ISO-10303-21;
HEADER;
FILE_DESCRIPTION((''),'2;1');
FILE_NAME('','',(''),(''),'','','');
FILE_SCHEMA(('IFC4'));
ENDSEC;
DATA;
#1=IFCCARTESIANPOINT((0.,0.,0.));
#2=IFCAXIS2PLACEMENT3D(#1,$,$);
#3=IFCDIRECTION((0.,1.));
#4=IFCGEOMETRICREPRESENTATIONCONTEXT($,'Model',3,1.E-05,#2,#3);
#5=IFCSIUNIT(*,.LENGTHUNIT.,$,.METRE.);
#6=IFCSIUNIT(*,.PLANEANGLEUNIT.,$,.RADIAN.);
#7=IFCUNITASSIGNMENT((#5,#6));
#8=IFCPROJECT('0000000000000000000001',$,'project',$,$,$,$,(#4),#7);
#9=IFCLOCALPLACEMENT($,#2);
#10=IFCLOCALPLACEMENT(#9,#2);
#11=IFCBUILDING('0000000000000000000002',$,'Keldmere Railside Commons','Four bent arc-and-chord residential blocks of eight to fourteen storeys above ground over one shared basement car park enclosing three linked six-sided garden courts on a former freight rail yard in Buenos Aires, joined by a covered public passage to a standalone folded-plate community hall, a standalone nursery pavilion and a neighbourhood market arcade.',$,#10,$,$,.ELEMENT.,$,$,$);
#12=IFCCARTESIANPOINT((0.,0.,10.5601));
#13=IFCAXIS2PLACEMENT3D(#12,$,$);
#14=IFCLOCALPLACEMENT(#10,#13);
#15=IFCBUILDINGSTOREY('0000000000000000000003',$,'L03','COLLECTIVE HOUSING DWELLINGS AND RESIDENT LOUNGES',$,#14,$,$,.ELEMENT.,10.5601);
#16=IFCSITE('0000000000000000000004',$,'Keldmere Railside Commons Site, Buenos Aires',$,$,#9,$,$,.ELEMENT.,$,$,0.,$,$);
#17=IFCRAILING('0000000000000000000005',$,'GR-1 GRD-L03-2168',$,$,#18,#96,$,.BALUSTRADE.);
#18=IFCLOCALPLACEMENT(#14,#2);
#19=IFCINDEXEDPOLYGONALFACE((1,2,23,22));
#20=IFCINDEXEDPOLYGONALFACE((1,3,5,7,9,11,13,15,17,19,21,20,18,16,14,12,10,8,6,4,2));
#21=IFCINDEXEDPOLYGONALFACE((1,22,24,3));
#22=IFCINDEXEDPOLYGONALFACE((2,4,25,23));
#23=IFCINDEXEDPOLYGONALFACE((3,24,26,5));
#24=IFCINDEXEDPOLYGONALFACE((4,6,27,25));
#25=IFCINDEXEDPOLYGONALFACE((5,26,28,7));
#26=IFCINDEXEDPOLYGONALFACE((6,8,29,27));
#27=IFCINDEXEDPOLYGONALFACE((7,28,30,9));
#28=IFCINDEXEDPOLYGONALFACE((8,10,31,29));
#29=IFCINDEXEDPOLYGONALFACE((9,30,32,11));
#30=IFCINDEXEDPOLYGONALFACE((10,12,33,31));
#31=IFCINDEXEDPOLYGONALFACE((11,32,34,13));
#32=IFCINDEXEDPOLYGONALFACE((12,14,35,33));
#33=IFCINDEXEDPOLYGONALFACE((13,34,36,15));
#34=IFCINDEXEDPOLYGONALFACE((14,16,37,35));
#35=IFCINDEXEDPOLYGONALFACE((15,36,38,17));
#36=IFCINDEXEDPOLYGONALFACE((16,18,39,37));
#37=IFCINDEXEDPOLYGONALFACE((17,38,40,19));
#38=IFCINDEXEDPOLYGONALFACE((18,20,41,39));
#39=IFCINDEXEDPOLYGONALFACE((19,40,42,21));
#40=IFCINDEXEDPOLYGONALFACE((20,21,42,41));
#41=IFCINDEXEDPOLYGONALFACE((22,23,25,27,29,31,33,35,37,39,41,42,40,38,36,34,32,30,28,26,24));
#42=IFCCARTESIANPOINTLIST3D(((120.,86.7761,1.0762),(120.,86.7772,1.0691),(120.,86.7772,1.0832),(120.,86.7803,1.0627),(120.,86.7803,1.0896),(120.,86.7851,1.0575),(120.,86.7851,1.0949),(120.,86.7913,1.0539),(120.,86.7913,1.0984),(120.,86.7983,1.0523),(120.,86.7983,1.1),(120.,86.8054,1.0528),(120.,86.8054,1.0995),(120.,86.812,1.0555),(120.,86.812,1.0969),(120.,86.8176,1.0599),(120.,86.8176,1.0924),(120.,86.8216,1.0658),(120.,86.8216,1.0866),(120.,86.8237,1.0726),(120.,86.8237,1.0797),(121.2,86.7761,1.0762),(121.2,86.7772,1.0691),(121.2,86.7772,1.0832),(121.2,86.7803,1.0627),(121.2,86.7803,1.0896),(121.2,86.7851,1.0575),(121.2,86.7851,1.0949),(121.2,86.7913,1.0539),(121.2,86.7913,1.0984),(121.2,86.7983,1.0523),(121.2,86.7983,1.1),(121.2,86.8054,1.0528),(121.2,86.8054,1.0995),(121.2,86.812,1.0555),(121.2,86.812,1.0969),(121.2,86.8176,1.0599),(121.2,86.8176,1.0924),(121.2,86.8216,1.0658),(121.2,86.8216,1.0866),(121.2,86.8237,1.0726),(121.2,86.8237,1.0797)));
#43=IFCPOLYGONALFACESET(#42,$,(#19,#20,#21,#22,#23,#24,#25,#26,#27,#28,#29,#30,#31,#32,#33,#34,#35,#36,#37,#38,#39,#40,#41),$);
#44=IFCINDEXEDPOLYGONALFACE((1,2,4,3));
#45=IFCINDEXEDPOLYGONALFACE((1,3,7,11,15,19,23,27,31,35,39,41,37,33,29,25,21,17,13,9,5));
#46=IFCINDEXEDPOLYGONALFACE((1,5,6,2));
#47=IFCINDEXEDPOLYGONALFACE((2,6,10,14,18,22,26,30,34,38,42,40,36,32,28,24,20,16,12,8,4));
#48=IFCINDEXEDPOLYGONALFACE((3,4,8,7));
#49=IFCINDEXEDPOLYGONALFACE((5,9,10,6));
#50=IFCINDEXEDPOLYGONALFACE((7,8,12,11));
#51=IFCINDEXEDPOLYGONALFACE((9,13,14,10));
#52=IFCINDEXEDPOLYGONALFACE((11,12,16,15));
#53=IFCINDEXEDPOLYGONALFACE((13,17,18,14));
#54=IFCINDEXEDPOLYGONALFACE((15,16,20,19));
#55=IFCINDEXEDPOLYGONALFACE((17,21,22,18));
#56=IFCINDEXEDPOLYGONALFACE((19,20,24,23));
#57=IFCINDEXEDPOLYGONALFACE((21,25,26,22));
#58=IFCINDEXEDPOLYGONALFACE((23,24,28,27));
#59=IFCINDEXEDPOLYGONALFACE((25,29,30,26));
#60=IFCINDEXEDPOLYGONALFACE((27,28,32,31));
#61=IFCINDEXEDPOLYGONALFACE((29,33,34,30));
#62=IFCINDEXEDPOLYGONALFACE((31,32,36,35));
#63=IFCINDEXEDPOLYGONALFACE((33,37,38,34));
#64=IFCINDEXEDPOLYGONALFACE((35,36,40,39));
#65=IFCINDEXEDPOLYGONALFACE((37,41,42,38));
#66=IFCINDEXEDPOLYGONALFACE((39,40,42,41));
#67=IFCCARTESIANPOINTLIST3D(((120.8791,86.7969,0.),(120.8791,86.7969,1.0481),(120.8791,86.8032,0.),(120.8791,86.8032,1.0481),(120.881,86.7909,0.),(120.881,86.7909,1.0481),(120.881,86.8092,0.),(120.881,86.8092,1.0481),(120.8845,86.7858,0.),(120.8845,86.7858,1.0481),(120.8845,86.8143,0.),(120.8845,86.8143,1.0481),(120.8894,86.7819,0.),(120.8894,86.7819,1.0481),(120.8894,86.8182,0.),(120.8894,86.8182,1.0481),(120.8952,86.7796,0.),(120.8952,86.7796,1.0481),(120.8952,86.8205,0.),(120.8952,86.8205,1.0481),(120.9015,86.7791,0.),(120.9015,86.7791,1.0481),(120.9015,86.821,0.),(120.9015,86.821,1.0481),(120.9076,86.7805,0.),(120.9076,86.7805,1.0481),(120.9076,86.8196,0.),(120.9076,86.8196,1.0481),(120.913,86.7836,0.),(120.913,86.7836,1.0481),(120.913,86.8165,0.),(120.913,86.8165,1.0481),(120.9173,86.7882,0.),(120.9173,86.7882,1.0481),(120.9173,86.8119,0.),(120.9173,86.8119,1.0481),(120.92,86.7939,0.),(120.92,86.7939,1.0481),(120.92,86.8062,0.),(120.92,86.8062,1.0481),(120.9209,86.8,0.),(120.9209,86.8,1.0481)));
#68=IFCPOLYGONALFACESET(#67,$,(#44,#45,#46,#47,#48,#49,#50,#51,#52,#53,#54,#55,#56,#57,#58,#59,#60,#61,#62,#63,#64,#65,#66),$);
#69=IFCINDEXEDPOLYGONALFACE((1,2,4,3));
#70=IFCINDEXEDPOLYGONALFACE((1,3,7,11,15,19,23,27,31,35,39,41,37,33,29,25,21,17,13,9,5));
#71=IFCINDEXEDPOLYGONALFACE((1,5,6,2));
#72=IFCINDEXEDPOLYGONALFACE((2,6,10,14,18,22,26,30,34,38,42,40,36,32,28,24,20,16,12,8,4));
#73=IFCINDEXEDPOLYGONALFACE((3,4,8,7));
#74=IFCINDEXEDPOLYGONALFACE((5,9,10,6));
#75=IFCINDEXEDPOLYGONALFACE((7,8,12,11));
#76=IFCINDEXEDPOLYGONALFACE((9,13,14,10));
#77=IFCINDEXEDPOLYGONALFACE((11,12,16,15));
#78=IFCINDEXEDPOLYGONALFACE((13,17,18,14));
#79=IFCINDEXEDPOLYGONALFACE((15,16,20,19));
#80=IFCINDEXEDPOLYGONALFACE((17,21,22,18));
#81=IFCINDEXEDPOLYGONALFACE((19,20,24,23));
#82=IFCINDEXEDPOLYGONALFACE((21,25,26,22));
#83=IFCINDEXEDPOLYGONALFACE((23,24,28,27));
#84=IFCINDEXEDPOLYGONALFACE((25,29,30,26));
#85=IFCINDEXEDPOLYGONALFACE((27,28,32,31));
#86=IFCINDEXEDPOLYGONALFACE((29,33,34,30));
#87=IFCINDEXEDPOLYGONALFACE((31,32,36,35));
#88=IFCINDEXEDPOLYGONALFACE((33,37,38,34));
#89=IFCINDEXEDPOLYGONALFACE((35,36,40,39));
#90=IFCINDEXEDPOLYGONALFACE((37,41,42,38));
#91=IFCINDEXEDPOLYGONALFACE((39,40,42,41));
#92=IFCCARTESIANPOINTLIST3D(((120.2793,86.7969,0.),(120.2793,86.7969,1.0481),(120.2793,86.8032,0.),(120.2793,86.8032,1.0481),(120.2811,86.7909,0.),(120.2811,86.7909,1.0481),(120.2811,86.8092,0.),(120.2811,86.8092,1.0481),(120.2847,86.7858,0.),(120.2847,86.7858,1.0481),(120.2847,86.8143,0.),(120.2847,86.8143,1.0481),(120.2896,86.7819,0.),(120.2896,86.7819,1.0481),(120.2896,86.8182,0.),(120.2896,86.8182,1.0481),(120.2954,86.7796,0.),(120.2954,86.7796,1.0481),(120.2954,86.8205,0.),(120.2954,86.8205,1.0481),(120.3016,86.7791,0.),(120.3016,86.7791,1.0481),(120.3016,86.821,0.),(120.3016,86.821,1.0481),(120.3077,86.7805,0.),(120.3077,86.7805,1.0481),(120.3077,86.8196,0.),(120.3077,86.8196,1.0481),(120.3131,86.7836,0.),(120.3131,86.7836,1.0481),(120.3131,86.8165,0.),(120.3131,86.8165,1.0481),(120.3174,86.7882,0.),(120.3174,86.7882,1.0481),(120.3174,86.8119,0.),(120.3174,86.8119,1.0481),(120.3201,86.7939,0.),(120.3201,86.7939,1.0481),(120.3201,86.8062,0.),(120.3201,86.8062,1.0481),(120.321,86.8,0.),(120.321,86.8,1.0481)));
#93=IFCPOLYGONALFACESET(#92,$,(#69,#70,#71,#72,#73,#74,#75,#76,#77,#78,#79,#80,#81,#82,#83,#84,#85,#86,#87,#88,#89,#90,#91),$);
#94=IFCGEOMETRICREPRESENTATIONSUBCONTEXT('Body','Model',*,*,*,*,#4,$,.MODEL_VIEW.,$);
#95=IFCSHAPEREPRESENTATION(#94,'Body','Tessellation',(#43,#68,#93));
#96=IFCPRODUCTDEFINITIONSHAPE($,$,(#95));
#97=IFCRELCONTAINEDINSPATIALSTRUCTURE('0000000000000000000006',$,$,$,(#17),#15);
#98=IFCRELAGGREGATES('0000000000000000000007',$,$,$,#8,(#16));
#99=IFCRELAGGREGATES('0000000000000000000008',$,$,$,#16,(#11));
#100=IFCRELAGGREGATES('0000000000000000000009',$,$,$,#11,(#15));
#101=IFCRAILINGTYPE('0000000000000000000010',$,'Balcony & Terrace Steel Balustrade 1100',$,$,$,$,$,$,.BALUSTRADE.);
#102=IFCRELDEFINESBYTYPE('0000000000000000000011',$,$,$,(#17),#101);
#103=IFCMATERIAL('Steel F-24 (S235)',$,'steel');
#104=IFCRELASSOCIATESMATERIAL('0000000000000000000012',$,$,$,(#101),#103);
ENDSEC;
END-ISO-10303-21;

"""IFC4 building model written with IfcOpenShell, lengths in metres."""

from ifc_helpers import new_model, si_unit, direction, frame, origin, origin_2d, place, context, subcontext, project, spatial, circle, extrude, material, type_object, element, save


model = new_model("IFC4")

# Units and contexts
model_context = context("Model", 3, precision=1e-05, world=origin(), true_north=direction((0.0, 1.0)))
body_context = subcontext(model_context, "Body", "Model", "MODEL_VIEW")
ifc_project = project(units=[si_unit("LENGTHUNIT", "METRE"), si_unit("PLANEANGLEUNIT", "RADIAN")], contexts=[model_context])

# Site, building, storey
site_placement = place(None, origin())
site = spatial("IfcSite", under=ifc_project, at=site_placement, Name="Keldmere Railside Commons Site, Buenos Aires", CompositionType="ELEMENT", RefElevation=0.0)
building_placement = place(site_placement, origin())
building = spatial("IfcBuilding", under=site, at=building_placement, Name="Keldmere Railside Commons", Description="Four bent arc-and-chord residential blocks of eight to fourteen storeys above ground over one shared basement car park enclosing three linked six-sided garden courts on a former freight rail yard in Buenos Aires, joined by a covered public passage to a standalone folded-plate community hall, a standalone nursery pavilion and a neighbourhood market arcade.", CompositionType="ELEMENT")
storey_placement = place(building_placement, frame((0.0, 0.0, 10.5601)))
storey = spatial("IfcBuildingStorey", under=building, at=storey_placement, Name="L03", Description="COLLECTIVE HOUSING DWELLINGS AND RESIDENT LOUNGES", CompositionType="ELEMENT", Elevation=10.5601)

# Railing
ifc_material_1 = material(Name="Steel F-24 (S235)", Category="steel")
railing_type = type_object("IfcRailingType", Name="Balcony & Terrace Steel Balustrade 1100", PredefinedType="BALUSTRADE", material=ifc_material_1)
railing_1_placement = place(storey_placement, frame((121.2, 86.8, 0.0)))
element("IfcRailing", 1, at=railing_1_placement, inside=storey, type_object=railing_type, Name="GR-1 GRD-L03-2168", PredefinedType="BALUSTRADE", context=body_context, shape_type="SweptSolid", body=[
    extrude(circle(Radius=0.0239, at=origin_2d()), frame((0.0, 0.0, 1.0762), z_axis=(-1.0, 0.0, 0.0), x_axis=(0.0, -1.0, 0.0)), (0.0, 0.0, 1.0), 1.2),
    extrude(circle(Radius=0.021, at=origin_2d()), frame((-0.3, 0.0, 0.0)), (0.0, 0.0, 1.0), 1.0481),
    extrude(circle(Radius=0.021, at=origin_2d()), frame((-0.8999, 0.0, 0.0)), (0.0, 0.0, 1.0), 1.0481),
])

save(model, "model.ifc")
